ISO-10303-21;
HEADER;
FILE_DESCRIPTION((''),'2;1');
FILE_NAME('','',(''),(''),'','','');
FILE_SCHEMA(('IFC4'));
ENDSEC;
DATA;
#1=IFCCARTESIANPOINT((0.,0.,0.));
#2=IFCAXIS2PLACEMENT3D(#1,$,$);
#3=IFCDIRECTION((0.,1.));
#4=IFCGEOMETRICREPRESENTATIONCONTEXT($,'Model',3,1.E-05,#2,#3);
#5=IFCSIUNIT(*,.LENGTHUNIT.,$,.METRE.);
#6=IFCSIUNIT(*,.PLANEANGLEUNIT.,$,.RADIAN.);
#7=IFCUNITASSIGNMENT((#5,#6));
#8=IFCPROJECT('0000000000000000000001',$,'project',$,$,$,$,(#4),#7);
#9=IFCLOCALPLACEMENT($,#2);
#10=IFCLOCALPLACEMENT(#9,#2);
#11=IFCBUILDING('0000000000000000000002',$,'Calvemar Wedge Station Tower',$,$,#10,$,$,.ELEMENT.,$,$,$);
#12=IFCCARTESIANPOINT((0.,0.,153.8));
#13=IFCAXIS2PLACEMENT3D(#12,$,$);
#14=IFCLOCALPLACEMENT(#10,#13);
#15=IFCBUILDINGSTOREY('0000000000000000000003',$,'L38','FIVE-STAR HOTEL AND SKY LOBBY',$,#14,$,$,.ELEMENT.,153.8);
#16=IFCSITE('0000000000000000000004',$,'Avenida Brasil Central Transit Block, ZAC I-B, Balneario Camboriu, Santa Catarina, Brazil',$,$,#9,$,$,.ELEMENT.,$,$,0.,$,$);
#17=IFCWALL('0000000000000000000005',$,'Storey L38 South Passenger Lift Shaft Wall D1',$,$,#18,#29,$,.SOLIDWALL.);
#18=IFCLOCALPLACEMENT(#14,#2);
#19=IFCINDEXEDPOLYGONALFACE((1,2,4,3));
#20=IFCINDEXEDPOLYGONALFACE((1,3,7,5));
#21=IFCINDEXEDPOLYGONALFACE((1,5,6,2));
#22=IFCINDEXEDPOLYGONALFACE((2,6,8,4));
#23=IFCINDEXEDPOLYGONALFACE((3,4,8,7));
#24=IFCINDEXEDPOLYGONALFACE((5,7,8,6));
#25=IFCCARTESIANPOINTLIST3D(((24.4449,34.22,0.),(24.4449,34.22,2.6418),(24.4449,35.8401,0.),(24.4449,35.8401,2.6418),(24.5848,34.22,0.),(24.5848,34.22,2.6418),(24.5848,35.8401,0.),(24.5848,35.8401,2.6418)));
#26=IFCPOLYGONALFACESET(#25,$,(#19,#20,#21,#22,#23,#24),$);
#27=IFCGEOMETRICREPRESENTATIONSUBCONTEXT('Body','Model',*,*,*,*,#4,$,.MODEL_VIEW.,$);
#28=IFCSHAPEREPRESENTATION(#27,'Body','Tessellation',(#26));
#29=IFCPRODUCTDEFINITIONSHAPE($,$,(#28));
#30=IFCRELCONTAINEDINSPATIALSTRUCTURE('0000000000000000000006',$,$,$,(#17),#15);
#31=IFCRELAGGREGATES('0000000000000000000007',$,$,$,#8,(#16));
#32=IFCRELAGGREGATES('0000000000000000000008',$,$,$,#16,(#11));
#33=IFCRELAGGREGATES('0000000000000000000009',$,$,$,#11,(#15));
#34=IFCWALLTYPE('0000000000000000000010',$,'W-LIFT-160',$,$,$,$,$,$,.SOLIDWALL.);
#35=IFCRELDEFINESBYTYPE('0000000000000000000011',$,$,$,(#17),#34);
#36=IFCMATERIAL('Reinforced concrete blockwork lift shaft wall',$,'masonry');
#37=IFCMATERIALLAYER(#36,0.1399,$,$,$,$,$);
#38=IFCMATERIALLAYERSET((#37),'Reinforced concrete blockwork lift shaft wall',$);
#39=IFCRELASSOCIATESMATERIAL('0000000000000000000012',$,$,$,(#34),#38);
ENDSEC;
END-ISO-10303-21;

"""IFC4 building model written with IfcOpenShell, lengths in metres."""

from ifc_helpers import new_model, si_unit, direction, frame, frame_2d, origin, place, context, subcontext, project, spatial, rectangle, extrude, material, layer, layer_set, type_object, element, save


model = new_model("IFC4")

# Units and contexts
model_context = context("Model", 3, precision=1e-05, world=origin(), true_north=direction((0.0, 1.0)))
body_context = subcontext(model_context, "Body", "Model", "MODEL_VIEW")
ifc_project = project(units=[si_unit("LENGTHUNIT", "METRE"), si_unit("PLANEANGLEUNIT", "RADIAN")], contexts=[model_context])

# Site, building, storey
site_placement = place(None, origin())
site = spatial("IfcSite", under=ifc_project, at=site_placement, Name="Avenida Brasil Central Transit Block, ZAC I-B, Balneario Camboriu, Santa Catarina, Brazil", CompositionType="ELEMENT", RefElevation=0.0)
building_placement = place(site_placement, origin())
building = spatial("IfcBuilding", under=site, at=building_placement, Name="Calvemar Wedge Station Tower", CompositionType="ELEMENT")
storey_placement = place(building_placement, frame((0.0, 0.0, 153.8)))
storey = spatial("IfcBuildingStorey", under=building, at=storey_placement, Name="L38", Description="FIVE-STAR HOTEL AND SKY LOBBY", CompositionType="ELEMENT", Elevation=153.8)

# Wall
ifc_material_1 = material(Name="Reinforced concrete blockwork lift shaft wall", Category="masonry")
ifc_layer_1 = layer(ifc_material_1, 0.1399)
ifc_layer_set_1 = layer_set([ifc_layer_1], Name="Reinforced concrete blockwork lift shaft wall")
wall_type_1 = type_object("IfcWallType", Name="W-LIFT-160", PredefinedType="SOLIDWALL", material=ifc_layer_set_1)
for number, where, z_axis, x_axis, name in (
    (1, (24.5149, 34.22, 0.0), (0.0, 0.0, 1.0), (0.0, 1.0, 0.0), "Storey L38 South Passenger Lift Shaft Wall D1"),
):
    element("IfcWall", number, at=place(storey_placement, frame(where, z_axis=z_axis, x_axis=x_axis)), inside=storey, type_object=wall_type_1, Name=name, PredefinedType="SOLIDWALL", context=body_context, shape_type="SweptSolid", body=[
        extrude(rectangle(XDim=1.6201, YDim=0.1399, at=frame_2d((0.8101, 0.0))), origin(), (0.0, 0.0, 1.0), 2.6418),
    ])

save(model, "model.ifc")
